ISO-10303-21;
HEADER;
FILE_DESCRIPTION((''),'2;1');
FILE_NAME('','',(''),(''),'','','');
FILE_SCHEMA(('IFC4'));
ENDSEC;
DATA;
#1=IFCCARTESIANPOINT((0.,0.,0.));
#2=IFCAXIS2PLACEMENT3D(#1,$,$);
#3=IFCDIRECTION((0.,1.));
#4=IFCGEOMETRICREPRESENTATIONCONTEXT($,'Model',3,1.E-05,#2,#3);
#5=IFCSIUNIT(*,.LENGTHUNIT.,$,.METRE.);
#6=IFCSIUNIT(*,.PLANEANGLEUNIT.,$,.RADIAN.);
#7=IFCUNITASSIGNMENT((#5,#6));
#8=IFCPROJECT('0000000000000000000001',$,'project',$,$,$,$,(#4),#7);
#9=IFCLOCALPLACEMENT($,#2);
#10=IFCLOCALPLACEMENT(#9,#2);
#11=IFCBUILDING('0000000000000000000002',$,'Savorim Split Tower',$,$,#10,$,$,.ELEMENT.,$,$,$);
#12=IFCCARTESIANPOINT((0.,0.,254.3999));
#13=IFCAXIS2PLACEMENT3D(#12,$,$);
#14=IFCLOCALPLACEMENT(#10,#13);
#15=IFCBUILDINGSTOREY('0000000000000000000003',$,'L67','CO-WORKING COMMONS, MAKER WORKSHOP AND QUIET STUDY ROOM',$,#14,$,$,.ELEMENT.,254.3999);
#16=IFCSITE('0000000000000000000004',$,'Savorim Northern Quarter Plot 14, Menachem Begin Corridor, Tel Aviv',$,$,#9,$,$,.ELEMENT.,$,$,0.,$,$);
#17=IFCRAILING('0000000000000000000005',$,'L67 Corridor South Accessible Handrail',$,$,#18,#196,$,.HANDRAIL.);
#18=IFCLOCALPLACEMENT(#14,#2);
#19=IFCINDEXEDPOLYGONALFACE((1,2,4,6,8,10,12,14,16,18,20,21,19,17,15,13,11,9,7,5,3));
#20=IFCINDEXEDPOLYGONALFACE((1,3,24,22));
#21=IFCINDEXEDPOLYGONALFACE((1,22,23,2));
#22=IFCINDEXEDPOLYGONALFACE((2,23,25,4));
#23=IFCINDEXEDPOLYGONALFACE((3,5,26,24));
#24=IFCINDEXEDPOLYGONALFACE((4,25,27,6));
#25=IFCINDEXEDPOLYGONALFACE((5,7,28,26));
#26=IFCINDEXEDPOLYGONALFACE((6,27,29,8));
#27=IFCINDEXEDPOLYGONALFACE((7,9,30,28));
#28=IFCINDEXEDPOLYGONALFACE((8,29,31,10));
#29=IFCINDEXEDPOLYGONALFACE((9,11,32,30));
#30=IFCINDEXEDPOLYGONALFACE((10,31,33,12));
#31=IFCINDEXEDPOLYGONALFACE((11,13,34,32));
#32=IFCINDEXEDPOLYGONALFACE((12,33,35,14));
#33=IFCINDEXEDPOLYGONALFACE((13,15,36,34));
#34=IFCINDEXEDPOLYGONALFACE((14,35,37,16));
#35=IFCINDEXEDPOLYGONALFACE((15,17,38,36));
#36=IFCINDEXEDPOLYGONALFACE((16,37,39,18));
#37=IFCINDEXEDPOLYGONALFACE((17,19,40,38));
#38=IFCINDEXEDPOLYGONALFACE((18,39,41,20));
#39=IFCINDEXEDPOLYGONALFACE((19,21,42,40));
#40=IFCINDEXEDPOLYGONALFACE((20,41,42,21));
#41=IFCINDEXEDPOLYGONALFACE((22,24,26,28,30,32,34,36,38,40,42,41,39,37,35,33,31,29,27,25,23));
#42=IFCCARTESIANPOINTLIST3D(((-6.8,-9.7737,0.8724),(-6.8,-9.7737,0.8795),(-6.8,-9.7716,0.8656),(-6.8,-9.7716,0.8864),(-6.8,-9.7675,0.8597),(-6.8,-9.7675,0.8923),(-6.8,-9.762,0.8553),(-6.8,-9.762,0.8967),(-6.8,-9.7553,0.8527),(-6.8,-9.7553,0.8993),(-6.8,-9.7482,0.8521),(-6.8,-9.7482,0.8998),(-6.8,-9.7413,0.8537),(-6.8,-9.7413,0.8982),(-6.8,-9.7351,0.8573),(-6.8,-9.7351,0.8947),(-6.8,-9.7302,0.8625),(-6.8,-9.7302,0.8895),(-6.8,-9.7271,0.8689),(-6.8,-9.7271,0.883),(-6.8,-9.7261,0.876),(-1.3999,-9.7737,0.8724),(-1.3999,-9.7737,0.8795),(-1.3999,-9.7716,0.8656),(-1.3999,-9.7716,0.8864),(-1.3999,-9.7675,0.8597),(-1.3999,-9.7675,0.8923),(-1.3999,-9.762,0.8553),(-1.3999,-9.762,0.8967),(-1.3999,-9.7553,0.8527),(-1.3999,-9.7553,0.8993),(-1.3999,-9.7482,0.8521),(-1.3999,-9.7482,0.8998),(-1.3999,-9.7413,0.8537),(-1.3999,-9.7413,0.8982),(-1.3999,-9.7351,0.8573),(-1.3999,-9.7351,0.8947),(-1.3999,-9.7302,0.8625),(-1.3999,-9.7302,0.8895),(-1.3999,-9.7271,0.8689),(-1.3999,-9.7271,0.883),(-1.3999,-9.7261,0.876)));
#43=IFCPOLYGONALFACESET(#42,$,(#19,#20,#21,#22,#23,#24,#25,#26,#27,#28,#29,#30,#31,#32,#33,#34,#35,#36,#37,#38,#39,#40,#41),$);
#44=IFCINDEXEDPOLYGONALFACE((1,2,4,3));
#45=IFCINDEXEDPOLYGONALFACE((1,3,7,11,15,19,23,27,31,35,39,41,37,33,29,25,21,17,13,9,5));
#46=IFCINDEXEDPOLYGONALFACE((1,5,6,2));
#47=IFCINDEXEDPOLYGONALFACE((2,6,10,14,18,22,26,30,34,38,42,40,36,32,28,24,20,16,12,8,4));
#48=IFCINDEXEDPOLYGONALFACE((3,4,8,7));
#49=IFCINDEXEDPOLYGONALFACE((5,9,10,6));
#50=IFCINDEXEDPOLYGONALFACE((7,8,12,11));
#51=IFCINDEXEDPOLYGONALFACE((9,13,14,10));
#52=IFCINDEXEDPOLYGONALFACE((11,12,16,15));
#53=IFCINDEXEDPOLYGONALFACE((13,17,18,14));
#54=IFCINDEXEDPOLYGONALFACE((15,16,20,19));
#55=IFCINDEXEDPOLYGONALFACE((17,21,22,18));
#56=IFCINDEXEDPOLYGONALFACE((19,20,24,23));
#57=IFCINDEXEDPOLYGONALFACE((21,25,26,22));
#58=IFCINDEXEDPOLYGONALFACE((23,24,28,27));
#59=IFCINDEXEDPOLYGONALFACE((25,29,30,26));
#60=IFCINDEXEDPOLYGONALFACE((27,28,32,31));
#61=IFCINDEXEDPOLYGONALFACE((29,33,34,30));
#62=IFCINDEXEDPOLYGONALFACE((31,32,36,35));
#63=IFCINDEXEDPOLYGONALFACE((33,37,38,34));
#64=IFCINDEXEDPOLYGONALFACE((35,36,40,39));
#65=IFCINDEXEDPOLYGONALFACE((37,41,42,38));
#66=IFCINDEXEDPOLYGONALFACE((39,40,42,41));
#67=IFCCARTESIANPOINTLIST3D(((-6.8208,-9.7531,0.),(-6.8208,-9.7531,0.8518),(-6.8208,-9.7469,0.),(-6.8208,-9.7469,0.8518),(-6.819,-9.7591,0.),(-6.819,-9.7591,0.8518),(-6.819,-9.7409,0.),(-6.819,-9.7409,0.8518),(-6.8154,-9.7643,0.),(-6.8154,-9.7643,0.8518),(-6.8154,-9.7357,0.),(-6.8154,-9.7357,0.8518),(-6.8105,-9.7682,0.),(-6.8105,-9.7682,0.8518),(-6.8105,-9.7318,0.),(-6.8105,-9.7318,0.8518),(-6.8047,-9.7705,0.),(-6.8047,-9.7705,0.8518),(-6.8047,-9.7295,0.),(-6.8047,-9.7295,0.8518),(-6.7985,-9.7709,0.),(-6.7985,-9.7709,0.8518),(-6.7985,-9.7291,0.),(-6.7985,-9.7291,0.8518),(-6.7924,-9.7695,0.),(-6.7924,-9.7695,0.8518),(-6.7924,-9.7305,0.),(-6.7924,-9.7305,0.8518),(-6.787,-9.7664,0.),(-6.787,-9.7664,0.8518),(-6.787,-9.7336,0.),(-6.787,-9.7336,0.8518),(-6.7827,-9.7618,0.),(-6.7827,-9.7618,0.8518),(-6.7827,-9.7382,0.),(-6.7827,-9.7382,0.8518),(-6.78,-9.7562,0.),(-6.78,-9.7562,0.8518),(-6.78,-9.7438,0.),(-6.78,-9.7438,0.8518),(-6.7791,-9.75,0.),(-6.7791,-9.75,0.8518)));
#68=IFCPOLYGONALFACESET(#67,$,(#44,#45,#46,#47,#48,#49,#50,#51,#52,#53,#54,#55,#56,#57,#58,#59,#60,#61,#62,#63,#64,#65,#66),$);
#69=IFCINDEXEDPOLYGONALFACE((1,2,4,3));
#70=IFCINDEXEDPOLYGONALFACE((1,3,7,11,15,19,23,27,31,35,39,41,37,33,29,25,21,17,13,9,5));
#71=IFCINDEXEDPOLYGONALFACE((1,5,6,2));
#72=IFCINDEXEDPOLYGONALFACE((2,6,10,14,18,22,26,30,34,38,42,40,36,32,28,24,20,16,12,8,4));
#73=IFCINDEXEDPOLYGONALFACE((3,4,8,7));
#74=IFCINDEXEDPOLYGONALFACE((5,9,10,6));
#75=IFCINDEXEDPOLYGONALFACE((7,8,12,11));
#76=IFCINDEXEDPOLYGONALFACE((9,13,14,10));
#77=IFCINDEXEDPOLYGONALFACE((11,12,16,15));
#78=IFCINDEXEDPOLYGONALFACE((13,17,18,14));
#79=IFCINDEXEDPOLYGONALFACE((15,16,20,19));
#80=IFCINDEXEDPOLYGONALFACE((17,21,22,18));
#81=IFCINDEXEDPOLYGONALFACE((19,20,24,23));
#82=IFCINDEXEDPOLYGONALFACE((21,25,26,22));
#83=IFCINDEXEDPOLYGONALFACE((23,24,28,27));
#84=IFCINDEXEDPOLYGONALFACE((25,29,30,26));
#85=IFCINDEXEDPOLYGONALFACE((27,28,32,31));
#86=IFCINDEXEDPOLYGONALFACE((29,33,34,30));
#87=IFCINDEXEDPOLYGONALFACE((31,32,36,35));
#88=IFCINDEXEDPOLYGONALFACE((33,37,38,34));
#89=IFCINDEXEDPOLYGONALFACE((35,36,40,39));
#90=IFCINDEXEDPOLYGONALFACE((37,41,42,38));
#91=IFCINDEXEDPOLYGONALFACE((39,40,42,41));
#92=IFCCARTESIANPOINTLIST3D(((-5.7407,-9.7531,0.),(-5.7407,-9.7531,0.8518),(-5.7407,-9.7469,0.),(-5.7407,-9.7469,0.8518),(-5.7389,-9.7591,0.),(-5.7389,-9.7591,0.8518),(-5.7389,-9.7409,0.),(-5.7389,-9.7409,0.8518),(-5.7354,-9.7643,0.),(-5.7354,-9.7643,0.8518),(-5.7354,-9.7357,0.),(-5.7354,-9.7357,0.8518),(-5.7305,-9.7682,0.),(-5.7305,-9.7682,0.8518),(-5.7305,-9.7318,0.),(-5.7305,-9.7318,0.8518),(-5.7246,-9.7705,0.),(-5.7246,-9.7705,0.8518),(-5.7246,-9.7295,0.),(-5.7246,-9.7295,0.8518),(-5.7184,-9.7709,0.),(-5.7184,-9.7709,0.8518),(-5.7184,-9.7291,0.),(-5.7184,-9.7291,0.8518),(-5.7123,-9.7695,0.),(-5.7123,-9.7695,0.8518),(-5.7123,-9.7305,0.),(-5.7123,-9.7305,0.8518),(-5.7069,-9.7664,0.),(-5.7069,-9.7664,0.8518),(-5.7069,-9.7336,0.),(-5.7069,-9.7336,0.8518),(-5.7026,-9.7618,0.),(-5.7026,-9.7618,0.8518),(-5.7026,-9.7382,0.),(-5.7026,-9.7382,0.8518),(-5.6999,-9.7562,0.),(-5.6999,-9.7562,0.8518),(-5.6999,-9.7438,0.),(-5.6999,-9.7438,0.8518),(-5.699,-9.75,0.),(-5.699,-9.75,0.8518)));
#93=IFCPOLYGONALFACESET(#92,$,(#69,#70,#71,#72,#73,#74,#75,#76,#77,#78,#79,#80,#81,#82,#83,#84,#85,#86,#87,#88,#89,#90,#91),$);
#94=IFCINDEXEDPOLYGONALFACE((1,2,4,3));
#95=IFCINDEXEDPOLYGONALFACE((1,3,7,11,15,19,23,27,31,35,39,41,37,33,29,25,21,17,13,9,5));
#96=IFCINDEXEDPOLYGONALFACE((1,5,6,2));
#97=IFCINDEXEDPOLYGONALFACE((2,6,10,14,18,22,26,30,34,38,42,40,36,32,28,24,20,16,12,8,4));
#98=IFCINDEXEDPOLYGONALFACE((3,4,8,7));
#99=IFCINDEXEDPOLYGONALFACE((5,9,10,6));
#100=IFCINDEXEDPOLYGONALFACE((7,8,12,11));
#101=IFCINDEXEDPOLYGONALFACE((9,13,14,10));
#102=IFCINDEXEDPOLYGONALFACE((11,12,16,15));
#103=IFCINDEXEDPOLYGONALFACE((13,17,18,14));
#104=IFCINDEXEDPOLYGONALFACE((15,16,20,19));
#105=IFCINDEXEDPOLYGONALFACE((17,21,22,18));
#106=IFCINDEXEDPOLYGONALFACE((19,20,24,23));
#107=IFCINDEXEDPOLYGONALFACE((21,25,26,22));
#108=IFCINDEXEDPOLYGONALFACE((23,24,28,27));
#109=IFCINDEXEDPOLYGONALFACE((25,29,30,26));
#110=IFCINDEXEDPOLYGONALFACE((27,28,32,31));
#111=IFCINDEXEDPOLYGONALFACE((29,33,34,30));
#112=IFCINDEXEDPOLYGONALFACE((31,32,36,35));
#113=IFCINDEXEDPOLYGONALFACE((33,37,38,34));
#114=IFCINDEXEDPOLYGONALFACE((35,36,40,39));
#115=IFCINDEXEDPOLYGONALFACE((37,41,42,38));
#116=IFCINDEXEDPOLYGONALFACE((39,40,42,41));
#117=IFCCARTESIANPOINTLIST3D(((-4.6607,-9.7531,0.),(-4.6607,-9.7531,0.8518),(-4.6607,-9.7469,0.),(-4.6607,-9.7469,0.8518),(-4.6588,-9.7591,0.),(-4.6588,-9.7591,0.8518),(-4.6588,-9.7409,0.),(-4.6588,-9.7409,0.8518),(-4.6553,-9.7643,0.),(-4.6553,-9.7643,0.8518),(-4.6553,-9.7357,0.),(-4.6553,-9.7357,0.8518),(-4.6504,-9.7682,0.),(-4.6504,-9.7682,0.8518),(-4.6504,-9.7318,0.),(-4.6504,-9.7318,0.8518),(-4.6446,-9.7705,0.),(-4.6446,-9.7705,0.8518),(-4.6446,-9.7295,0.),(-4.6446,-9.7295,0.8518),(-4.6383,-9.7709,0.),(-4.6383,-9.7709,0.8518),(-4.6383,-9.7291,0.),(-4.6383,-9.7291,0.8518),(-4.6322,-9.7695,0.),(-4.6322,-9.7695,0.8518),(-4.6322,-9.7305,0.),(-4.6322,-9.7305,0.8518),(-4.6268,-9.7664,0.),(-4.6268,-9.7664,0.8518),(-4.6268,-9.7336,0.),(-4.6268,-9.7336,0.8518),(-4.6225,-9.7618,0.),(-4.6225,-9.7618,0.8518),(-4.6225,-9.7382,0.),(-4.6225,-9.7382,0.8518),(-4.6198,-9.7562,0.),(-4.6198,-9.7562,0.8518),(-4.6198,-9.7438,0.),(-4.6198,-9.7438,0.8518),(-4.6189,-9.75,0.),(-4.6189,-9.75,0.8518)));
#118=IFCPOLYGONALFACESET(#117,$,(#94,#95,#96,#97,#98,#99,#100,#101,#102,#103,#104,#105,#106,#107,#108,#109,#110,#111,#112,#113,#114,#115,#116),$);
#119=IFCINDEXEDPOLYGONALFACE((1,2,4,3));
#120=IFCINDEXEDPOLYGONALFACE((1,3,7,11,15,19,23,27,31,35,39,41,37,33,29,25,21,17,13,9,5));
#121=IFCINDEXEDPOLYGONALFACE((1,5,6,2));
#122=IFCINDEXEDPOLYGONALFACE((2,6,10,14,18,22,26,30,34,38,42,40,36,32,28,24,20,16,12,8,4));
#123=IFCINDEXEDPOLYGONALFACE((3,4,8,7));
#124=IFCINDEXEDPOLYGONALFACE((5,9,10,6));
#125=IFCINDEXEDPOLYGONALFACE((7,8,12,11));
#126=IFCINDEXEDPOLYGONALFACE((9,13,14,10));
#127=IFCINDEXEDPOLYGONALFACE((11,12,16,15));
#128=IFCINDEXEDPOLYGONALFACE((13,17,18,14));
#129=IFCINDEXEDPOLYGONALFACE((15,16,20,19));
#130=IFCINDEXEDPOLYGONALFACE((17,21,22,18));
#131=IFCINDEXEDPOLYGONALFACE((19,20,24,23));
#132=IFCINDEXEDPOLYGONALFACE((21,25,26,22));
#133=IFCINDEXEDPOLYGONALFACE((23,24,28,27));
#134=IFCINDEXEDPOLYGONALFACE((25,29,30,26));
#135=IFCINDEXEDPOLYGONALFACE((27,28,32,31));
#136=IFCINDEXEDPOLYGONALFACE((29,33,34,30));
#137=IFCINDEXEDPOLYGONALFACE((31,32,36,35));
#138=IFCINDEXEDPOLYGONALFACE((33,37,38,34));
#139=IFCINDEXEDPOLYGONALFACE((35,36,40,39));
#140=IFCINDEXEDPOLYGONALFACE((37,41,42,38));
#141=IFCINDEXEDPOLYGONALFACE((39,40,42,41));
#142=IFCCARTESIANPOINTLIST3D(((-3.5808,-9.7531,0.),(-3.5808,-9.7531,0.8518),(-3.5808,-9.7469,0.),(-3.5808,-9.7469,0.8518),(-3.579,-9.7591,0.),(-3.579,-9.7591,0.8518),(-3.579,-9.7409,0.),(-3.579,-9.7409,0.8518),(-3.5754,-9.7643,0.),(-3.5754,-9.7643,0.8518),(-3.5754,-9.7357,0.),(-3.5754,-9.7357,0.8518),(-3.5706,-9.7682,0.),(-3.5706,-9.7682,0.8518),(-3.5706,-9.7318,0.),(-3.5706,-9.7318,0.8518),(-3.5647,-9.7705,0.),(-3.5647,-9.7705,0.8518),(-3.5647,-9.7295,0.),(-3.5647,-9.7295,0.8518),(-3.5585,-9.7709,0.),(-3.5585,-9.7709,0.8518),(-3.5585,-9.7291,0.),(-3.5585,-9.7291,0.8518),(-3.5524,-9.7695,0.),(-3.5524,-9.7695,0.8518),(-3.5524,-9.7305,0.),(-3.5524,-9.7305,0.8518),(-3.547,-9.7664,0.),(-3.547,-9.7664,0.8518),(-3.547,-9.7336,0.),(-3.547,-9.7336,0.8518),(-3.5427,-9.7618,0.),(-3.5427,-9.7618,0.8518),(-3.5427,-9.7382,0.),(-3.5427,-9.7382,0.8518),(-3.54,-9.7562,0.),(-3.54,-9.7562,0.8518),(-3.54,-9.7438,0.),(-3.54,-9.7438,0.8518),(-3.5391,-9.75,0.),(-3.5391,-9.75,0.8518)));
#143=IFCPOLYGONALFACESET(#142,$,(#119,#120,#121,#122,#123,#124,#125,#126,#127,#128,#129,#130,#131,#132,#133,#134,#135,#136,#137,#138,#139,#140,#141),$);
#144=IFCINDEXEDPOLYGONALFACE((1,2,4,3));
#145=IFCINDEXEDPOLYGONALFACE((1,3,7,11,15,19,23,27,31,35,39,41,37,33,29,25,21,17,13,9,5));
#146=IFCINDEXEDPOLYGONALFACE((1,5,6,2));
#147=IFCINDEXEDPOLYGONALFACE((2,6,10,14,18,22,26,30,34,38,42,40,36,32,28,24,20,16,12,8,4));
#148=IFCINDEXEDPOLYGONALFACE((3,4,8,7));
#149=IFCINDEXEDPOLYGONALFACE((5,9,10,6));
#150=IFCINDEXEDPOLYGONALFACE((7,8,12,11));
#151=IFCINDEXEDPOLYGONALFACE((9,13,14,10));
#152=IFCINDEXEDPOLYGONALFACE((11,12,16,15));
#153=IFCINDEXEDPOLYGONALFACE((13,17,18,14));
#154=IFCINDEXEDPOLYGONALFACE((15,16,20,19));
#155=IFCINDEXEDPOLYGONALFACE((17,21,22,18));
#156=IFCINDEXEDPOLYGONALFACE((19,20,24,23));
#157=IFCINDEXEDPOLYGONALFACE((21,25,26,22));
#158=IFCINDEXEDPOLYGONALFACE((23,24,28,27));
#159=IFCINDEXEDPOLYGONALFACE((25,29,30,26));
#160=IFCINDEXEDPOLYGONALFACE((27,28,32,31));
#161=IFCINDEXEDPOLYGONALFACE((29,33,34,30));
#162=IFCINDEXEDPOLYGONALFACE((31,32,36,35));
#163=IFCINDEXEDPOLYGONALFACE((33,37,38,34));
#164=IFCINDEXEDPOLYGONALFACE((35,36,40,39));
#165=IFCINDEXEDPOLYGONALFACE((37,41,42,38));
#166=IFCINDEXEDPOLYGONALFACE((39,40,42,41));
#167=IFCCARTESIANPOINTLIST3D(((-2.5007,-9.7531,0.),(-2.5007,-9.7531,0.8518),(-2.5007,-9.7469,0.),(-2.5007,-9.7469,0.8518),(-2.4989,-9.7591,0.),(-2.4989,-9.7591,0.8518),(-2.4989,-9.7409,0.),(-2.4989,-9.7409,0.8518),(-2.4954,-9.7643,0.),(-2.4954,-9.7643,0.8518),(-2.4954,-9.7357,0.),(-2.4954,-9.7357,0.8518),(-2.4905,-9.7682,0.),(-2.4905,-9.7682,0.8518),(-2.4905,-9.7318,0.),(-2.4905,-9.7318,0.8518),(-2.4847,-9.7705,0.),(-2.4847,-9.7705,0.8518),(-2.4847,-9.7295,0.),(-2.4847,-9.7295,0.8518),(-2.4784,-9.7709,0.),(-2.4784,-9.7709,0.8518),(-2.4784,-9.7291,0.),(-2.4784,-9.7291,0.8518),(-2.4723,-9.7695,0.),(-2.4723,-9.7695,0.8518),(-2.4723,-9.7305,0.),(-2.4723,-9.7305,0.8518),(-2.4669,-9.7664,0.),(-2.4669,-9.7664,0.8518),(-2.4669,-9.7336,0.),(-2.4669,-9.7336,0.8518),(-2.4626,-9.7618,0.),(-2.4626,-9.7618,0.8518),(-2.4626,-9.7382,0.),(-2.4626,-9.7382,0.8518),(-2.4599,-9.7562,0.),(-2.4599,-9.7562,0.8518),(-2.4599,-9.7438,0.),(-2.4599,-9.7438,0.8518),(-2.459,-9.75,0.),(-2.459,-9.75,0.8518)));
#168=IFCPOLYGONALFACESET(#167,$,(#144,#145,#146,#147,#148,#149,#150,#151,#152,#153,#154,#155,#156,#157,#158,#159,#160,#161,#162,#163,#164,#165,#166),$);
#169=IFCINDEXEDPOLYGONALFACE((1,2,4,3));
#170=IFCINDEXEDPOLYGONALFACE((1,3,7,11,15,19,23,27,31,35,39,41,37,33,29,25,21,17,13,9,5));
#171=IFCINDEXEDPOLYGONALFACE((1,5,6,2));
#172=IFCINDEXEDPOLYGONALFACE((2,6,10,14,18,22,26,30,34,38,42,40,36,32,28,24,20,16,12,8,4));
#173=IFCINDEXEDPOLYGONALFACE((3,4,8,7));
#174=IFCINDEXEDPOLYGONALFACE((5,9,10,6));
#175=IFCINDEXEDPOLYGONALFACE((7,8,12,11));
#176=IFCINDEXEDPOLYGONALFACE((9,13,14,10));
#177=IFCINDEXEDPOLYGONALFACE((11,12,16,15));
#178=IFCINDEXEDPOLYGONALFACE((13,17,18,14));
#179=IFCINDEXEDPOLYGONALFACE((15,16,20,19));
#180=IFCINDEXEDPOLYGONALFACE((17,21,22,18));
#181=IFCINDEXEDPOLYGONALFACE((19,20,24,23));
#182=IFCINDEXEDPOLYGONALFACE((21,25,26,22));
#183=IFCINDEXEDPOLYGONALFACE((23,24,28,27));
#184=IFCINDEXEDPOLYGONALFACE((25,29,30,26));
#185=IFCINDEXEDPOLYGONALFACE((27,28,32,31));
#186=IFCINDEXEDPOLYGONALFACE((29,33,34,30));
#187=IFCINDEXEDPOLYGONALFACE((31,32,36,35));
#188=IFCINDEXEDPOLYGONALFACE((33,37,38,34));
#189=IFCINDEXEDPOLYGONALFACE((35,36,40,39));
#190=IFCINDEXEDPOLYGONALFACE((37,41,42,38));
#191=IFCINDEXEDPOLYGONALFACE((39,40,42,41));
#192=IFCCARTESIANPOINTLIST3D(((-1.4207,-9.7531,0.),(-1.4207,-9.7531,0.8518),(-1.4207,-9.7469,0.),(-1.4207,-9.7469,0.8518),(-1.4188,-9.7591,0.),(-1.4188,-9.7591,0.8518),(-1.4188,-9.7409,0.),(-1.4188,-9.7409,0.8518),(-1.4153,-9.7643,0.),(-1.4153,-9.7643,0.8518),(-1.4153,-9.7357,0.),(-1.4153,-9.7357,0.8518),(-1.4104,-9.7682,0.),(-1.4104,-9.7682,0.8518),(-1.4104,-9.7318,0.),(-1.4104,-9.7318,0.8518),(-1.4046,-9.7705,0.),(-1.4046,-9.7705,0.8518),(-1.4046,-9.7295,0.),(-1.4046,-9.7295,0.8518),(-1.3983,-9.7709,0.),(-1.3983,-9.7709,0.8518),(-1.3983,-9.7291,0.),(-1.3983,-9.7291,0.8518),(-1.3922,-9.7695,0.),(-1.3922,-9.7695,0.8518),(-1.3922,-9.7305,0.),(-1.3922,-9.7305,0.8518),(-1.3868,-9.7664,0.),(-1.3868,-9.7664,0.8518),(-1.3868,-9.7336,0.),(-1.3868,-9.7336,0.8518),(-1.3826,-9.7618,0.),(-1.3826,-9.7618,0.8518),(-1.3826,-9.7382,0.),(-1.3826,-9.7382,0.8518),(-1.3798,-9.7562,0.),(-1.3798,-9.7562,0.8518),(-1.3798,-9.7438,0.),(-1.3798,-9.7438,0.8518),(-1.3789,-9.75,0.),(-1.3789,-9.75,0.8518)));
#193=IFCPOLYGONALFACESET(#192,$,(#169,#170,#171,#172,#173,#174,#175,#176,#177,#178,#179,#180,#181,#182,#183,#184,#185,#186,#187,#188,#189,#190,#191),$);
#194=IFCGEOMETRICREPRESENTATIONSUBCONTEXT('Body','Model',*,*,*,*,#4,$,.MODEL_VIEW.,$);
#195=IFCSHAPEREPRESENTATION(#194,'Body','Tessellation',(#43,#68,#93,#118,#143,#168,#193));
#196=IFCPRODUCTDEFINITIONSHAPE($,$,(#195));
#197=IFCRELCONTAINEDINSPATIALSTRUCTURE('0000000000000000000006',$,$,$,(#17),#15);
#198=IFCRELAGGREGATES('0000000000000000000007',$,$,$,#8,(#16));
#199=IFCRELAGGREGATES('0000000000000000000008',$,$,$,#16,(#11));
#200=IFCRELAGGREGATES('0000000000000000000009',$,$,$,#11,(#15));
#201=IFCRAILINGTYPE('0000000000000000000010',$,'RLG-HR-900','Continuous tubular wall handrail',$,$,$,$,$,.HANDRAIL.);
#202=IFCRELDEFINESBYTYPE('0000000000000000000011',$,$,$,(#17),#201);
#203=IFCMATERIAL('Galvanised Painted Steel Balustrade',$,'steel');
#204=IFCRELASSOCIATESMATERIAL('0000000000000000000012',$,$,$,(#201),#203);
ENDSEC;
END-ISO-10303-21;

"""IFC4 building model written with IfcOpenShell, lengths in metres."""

from ifc_helpers import new_model, si_unit, direction, frame, origin, origin_2d, place, context, subcontext, project, spatial, circle, extrude, material, type_object, element, save


model = new_model("IFC4")

# Units and contexts
model_context = context("Model", 3, precision=1e-05, world=origin(), true_north=direction((0.0, 1.0)))
body_context = subcontext(model_context, "Body", "Model", "MODEL_VIEW")
ifc_project = project(units=[si_unit("LENGTHUNIT", "METRE"), si_unit("PLANEANGLEUNIT", "RADIAN")], contexts=[model_context])

# Site, building, storey
site_placement = place(None, origin())
site = spatial("IfcSite", under=ifc_project, at=site_placement, Name="Savorim Northern Quarter Plot 14, Menachem Begin Corridor, Tel Aviv", CompositionType="ELEMENT", RefElevation=0.0)
building_placement = place(site_placement, origin())
building = spatial("IfcBuilding", under=site, at=building_placement, Name="Savorim Split Tower", CompositionType="ELEMENT")
storey_placement = place(building_placement, frame((0.0, 0.0, 254.3999)))
storey = spatial("IfcBuildingStorey", under=building, at=storey_placement, Name="L67", Description="CO-WORKING COMMONS, MAKER WORKSHOP AND QUIET STUDY ROOM", CompositionType="ELEMENT", Elevation=254.3999)

# Railing
ifc_material_1 = material(Name="Galvanised Painted Steel Balustrade", Category="steel")
railing_type_1 = type_object("IfcRailingType", Name="RLG-HR-900", Description="Continuous tubular wall handrail", PredefinedType="HANDRAIL", material=ifc_material_1)
railing_1_placement = place(storey_placement, frame((-6.8, -9.75, 0.0)))
element("IfcRailing", 1, at=railing_1_placement, inside=storey, type_object=railing_type_1, Name="L67 Corridor South Accessible Handrail", PredefinedType="HANDRAIL", context=body_context, shape_type="SweptSolid", body=[
    extrude(circle(Radius=0.0239, at=origin_2d()), frame((0.0, 0.0, 0.876), z_axis=(1.0, 0.0, 0.0), x_axis=(0.0, 1.0, 0.0)), (0.0, 0.0, 1.0), 5.4001),
    extrude(circle(Radius=0.021, at=origin_2d()), origin(), (0.0, 0.0, 1.0), 0.8518),
    extrude(circle(Radius=0.021, at=origin_2d()), frame((1.0801, 0.0, 0.0)), (0.0, 0.0, 1.0), 0.8518),
    extrude(circle(Radius=0.021, at=origin_2d()), frame((2.1602, 0.0, 0.0)), (0.0, 0.0, 1.0), 0.8518),
    extrude(circle(Radius=0.021, at=origin_2d()), frame((3.24, 0.0, 0.0)), (0.0, 0.0, 1.0), 0.8518),
    extrude(circle(Radius=0.021, at=origin_2d()), frame((4.3201, 0.0, 0.0)), (0.0, 0.0, 1.0), 0.8518),
    extrude(circle(Radius=0.021, at=origin_2d()), frame((5.4001, 0.0, 0.0)), (0.0, 0.0, 1.0), 0.8518),
])

save(model, "model.ifc")
